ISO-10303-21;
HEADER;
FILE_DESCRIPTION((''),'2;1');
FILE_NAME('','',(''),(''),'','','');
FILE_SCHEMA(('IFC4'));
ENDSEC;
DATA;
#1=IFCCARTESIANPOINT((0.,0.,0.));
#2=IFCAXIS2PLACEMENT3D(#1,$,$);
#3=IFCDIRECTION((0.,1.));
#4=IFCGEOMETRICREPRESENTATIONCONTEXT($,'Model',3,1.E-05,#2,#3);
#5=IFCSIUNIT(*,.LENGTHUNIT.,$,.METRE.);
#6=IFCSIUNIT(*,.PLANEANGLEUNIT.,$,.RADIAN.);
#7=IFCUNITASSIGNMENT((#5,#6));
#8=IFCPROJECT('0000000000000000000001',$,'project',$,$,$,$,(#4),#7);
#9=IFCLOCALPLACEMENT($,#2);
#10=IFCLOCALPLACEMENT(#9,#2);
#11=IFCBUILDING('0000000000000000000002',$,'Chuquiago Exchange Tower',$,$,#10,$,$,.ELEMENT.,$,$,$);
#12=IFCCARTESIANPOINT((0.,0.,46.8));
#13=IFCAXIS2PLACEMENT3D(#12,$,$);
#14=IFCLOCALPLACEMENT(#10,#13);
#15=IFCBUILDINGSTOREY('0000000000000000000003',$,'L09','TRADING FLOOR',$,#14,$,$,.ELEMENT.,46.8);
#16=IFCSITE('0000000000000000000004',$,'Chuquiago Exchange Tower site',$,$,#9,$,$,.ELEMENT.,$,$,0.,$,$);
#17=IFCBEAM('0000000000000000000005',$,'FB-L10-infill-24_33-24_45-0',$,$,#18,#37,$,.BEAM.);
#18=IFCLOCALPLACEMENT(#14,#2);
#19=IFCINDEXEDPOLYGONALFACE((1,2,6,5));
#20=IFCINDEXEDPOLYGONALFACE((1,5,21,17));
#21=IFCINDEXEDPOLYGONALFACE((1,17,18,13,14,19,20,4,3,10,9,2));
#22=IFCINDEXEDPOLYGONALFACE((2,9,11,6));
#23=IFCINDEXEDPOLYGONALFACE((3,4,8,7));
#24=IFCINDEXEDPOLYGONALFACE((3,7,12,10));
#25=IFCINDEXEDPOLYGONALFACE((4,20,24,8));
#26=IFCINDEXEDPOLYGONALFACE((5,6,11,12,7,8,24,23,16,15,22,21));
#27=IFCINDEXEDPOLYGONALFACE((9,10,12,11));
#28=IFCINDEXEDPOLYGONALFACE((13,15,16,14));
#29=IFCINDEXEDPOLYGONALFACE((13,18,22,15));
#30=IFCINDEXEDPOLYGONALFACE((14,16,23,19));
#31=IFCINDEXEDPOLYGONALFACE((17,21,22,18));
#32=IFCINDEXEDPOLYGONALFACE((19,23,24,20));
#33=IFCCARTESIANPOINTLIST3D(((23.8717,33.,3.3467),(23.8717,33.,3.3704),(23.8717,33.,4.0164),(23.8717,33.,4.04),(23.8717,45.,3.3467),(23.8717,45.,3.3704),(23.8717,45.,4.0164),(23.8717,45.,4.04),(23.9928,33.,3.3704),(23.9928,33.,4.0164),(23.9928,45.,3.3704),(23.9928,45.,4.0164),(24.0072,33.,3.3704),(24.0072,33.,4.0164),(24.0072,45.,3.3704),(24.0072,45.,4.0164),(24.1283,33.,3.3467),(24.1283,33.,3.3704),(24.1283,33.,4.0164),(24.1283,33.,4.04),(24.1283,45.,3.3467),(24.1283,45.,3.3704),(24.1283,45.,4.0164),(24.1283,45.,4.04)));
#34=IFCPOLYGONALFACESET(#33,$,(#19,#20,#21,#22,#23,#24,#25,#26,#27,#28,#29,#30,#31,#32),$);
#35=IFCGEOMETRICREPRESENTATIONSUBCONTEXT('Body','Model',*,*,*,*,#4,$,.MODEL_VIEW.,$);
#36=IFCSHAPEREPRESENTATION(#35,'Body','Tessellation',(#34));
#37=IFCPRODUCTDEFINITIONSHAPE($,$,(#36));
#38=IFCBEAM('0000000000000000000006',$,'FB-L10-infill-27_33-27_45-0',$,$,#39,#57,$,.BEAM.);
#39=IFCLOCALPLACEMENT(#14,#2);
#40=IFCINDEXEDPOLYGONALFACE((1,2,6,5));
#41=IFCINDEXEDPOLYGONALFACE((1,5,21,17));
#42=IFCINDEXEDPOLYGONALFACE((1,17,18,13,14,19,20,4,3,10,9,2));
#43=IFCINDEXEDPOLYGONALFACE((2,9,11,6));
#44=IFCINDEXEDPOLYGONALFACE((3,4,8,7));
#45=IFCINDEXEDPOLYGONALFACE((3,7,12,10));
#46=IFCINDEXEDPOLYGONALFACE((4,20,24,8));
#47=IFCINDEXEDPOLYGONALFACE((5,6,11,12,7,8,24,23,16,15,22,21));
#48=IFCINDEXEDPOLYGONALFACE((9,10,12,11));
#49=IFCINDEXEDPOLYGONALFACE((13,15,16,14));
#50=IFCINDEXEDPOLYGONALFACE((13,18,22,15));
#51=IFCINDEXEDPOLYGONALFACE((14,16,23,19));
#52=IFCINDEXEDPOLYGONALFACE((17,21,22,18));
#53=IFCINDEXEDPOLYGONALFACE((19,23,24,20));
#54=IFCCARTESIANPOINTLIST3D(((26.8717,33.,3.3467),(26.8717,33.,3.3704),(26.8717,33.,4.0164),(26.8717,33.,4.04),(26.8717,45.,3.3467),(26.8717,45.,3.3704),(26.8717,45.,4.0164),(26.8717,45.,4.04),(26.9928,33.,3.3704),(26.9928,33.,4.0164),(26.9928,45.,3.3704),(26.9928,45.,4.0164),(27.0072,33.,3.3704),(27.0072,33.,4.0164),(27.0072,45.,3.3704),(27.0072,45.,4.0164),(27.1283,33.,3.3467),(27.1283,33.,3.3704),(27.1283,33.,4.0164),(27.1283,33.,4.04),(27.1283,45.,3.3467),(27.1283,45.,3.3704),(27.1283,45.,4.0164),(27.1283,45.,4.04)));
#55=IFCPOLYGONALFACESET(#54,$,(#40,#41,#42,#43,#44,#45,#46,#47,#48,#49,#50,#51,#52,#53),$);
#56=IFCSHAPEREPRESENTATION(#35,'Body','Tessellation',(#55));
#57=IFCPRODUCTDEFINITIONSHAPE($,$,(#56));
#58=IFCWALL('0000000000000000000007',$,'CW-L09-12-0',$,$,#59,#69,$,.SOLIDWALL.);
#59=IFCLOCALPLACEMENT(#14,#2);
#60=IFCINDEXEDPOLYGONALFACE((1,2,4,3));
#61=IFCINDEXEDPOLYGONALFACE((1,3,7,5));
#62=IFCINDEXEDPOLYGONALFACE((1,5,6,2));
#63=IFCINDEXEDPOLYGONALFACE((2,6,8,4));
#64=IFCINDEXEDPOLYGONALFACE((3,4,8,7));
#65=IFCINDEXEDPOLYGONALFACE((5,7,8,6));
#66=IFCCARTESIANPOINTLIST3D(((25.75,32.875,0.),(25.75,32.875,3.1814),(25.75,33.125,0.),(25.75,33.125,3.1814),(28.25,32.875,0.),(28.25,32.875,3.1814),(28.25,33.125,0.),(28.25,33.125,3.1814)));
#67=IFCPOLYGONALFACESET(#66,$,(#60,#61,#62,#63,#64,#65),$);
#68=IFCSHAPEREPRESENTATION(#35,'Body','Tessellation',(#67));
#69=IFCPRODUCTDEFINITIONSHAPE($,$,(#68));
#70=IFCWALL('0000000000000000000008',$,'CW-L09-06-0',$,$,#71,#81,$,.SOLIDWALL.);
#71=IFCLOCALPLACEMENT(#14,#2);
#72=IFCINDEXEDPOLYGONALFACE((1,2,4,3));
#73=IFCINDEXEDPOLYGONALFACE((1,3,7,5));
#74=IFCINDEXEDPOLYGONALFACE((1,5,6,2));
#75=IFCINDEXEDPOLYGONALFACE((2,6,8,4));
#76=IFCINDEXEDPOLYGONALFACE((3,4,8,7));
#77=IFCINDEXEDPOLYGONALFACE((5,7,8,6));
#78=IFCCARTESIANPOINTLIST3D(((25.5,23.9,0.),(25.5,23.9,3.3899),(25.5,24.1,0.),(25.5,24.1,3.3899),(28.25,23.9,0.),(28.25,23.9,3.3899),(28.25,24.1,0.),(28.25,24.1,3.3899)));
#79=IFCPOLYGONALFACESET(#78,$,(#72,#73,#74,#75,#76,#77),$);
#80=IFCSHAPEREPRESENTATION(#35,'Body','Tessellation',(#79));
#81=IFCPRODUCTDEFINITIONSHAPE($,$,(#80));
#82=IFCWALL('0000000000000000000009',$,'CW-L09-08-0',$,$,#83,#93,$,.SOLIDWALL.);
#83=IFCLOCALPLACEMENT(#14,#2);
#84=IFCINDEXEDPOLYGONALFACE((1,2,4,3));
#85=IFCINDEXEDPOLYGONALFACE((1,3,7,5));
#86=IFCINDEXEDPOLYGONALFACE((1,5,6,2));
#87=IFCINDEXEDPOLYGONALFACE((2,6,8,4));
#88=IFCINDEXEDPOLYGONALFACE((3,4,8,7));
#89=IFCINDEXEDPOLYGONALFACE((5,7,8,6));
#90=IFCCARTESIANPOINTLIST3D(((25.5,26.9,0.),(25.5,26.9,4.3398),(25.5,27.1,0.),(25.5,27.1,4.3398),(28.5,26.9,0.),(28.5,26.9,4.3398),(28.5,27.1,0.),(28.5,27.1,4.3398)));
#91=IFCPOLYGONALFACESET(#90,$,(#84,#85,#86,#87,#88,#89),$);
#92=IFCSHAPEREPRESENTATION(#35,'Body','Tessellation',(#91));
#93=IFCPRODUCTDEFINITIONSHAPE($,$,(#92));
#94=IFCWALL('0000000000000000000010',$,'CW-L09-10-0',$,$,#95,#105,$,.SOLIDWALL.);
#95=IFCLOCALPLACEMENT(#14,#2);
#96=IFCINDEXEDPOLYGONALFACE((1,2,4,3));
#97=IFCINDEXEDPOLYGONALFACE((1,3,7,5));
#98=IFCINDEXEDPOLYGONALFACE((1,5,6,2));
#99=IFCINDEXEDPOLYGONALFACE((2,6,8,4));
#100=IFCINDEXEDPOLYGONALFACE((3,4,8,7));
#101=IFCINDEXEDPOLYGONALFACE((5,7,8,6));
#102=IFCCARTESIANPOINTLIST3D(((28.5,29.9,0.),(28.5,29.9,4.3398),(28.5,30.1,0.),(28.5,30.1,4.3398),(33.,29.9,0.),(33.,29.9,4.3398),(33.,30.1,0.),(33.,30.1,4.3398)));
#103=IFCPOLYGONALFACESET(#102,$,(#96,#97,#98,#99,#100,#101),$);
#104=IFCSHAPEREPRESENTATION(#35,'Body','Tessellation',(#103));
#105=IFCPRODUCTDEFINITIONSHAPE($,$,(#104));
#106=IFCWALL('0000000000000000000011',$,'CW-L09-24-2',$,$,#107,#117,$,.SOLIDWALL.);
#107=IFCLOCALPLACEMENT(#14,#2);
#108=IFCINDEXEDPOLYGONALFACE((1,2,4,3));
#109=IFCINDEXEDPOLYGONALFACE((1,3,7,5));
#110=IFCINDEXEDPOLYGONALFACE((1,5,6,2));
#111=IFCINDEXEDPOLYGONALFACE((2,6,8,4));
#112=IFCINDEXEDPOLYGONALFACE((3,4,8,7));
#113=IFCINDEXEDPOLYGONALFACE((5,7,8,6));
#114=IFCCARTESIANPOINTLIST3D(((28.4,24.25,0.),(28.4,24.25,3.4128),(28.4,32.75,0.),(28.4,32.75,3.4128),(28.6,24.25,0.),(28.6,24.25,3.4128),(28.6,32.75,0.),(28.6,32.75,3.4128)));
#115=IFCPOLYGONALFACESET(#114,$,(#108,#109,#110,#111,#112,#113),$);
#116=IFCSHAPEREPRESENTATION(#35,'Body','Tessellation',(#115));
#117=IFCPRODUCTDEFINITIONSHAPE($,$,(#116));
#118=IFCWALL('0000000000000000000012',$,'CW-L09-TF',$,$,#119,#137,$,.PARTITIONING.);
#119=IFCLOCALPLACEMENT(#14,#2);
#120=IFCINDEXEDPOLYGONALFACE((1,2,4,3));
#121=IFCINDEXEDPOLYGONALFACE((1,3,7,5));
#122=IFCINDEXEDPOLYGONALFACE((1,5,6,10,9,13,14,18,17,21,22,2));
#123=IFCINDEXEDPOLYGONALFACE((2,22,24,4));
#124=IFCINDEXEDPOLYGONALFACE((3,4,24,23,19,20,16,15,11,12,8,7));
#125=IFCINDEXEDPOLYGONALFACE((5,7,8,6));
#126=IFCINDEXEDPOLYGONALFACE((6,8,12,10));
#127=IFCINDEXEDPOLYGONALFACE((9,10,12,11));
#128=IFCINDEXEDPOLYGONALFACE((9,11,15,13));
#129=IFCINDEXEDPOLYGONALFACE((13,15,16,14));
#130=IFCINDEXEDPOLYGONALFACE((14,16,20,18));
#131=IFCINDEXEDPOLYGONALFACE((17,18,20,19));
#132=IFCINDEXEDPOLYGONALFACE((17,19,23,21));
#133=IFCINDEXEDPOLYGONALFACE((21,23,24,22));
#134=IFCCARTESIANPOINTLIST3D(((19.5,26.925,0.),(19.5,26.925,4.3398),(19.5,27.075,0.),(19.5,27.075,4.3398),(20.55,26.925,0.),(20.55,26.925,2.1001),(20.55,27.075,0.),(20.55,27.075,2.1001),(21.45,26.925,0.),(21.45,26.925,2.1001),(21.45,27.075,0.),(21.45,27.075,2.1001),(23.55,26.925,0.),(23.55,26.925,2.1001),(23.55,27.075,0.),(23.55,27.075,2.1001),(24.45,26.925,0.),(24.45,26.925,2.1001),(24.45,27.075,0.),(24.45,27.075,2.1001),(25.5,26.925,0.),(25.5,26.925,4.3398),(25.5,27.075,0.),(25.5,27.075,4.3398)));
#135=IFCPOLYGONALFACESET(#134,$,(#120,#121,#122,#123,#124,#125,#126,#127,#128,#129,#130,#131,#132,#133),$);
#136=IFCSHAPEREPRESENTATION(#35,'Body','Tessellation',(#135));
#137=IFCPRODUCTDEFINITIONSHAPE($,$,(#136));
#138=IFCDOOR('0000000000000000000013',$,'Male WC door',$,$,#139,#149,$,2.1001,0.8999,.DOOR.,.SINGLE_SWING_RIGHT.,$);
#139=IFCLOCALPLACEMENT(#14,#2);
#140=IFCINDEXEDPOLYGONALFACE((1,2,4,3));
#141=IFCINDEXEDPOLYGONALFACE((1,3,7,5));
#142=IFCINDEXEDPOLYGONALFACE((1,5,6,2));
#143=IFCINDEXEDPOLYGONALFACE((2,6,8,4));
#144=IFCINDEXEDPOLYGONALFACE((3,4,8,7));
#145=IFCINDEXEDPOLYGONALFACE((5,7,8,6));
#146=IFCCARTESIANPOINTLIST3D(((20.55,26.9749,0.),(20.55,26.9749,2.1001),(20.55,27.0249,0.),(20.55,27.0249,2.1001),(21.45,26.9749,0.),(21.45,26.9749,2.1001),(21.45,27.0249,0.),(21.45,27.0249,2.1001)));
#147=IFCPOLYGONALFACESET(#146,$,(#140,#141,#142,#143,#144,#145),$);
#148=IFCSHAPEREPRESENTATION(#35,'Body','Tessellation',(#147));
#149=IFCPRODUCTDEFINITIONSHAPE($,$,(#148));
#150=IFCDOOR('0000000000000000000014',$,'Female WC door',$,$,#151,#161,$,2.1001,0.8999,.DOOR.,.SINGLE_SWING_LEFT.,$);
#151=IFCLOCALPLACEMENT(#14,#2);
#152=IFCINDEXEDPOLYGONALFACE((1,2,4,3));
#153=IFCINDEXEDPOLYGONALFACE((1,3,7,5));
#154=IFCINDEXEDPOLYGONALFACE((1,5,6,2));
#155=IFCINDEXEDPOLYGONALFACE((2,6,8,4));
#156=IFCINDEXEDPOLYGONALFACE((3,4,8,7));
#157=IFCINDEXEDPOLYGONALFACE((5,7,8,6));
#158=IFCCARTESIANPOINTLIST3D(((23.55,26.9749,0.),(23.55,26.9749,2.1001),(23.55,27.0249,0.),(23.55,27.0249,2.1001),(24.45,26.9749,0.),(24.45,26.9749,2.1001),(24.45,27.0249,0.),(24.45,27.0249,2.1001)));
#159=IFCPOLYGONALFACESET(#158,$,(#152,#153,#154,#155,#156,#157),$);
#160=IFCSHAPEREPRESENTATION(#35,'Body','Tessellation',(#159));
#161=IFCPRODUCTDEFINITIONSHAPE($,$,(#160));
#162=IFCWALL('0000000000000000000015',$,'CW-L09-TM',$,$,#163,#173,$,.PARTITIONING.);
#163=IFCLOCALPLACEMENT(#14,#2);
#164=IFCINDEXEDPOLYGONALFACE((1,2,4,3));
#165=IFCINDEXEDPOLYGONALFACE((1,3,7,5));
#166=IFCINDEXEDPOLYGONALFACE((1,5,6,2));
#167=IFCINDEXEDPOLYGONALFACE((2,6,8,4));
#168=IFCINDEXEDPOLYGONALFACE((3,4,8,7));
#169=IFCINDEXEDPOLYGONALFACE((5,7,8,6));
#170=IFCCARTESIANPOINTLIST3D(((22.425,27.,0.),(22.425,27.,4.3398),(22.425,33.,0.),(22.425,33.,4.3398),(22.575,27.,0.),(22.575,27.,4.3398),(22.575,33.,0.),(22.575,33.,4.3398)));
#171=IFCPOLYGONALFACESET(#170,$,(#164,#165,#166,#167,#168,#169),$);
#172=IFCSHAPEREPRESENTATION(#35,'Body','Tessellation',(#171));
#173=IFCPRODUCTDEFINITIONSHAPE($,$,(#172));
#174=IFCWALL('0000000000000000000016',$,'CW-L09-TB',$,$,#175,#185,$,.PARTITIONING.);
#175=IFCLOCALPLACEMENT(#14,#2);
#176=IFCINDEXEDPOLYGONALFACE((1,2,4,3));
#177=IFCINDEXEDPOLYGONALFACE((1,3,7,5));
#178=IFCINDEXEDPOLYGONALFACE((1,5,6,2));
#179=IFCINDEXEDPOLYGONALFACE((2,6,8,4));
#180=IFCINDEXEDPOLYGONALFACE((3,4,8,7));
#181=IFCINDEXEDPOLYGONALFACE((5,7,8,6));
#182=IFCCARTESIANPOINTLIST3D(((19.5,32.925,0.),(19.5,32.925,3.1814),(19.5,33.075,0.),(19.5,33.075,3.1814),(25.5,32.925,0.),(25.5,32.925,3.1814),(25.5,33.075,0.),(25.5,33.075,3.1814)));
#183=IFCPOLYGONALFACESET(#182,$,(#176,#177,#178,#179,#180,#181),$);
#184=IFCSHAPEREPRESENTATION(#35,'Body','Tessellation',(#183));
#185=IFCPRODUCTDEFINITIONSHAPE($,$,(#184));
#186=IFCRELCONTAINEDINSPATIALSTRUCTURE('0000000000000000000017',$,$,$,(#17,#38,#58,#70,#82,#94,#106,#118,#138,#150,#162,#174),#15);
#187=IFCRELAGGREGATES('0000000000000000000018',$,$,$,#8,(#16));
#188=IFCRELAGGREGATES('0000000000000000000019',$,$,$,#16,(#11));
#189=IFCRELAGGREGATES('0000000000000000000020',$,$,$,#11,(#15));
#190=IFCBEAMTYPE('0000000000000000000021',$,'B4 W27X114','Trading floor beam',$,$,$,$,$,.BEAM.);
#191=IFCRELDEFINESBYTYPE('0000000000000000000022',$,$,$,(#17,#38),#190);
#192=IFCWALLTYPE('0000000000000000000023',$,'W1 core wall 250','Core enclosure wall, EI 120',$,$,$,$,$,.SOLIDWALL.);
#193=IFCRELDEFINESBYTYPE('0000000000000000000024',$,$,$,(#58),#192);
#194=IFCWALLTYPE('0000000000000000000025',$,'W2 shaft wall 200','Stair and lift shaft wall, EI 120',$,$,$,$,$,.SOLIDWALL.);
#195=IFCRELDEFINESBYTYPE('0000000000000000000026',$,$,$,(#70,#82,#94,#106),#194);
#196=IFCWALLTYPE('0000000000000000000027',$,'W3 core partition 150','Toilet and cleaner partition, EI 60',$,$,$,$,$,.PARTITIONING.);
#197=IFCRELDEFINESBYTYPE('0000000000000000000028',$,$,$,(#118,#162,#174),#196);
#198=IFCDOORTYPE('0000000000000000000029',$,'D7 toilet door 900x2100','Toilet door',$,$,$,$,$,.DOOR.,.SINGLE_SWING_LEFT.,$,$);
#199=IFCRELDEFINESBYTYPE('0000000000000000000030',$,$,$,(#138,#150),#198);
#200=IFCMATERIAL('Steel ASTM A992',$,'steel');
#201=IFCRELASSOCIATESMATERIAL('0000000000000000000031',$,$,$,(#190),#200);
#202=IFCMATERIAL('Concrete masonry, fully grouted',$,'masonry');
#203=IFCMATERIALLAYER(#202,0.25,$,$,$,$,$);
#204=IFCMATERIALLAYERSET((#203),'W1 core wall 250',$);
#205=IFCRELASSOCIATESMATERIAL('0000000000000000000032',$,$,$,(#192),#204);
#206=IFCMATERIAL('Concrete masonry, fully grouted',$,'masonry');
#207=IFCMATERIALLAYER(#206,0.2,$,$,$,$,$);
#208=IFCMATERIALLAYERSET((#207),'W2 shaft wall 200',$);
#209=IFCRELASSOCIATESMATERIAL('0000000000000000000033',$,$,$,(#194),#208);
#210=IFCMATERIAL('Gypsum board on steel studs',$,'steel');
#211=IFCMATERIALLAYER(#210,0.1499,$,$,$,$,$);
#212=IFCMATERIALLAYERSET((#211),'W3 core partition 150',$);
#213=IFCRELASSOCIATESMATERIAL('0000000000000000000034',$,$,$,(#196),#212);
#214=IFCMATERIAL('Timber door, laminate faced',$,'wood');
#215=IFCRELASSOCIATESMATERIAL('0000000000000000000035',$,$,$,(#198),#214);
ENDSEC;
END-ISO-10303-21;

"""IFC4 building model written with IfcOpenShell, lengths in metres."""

from ifc_helpers import new_model, si_unit, direction, frame, frame_2d, origin, origin_2d, place, context, subcontext, project, spatial, rectangle, i_section, extrude, material, layer, layer_set, material_profile, profile_set, type_object, element, fill, save


model = new_model("IFC4")

# Units and contexts
model_context = context("Model", 3, precision=1e-05, world=origin(), true_north=direction((0.0, 1.0)))
body_context = subcontext(model_context, "Body", "Model", "MODEL_VIEW")
ifc_project = project(units=[si_unit("LENGTHUNIT", "METRE"), si_unit("PLANEANGLEUNIT", "RADIAN")], contexts=[model_context])

# Site, building, storey
site_placement = place(None, origin())
site = spatial("IfcSite", under=ifc_project, at=site_placement, Name="Chuquiago Exchange Tower site", CompositionType="ELEMENT", RefElevation=0.0)
building_placement = place(site_placement, origin())
building = spatial("IfcBuilding", under=site, at=building_placement, Name="Chuquiago Exchange Tower", CompositionType="ELEMENT")
storey_placement = place(building_placement, frame((0.0, 0.0, 46.8)))
storey = spatial("IfcBuildingStorey", under=building, at=storey_placement, Name="L09", Description="TRADING FLOOR", CompositionType="ELEMENT", Elevation=46.8)

# Beams
ifc_material_1 = material(Name="Steel ASTM A992", Category="steel")
ifc_material_profile_1 = material_profile(ifc_material_1, i_section(OverallWidth=0.2566, OverallDepth=0.6934, WebThickness=0.0144, FlangeThickness=0.0237, at=origin_2d()), Name="W27X114")
ifc_profile_set_1 = profile_set([ifc_material_profile_1], Name="Steel ASTM A992")
beam_type_1 = type_object("IfcBeamType", Name="B4 W27X114", Description="Trading floor beam", PredefinedType="BEAM", material=ifc_profile_set_1)
for number, where, z_axis, x_axis, name in (
    (1, (24.0, 33.0, 3.6934), (0.0, 1.0, 0.0), (-1.0, 0.0, 0.0), "FB-L10-infill-24_33-24_45-0"),
    (2, (27.0, 33.0, 3.6934), (0.0, 1.0, 0.0), (-1.0, 0.0, 0.0), "FB-L10-infill-27_33-27_45-0"),
):
    element("IfcBeam", number, at=place(storey_placement, frame(where, z_axis=z_axis, x_axis=x_axis)), inside=storey, type_object=beam_type_1, Name=name, PredefinedType="BEAM", context=body_context, shape_type="SweptSolid", body=[
        extrude(i_section(OverallWidth=0.2566, OverallDepth=0.6934, WebThickness=0.0144, FlangeThickness=0.0237, at=origin_2d()), origin(), (0.0, 0.0, 1.0), 12.0),
    ])

# Walls
ifc_material_2 = material(Name="Concrete masonry, fully grouted", Category="masonry")
ifc_layer_1 = layer(ifc_material_2, 0.25)
ifc_layer_set_1 = layer_set([ifc_layer_1], Name="W1 core wall 250")
wall_type_1 = type_object("IfcWallType", Name="W1 core wall 250", Description="Core enclosure wall, EI 120", PredefinedType="SOLIDWALL", material=ifc_layer_set_1)
wall_1_placement = place(storey_placement, frame((25.75, 33.0, 0.0), z_axis=(0.0, 0.0, 1.0), x_axis=(1.0, 0.0, 0.0)))
element("IfcWall", 3, at=wall_1_placement, inside=storey, type_object=wall_type_1, Name="CW-L09-12-0", PredefinedType="SOLIDWALL", context=body_context, shape_type="SweptSolid", body=[
    extrude(rectangle(XDim=2.5, YDim=0.25, at=frame_2d((1.25, 0.0))), origin(), (0.0, 0.0, 1.0), 3.1814),
])
ifc_material_3 = material(Name="Concrete masonry, fully grouted", Category="masonry")
ifc_layer_2 = layer(ifc_material_3, 0.2)
ifc_layer_set_2 = layer_set([ifc_layer_2], Name="W2 shaft wall 200")
wall_type_2 = type_object("IfcWallType", Name="W2 shaft wall 200", Description="Stair and lift shaft wall, EI 120", PredefinedType="SOLIDWALL", material=ifc_layer_set_2)
wall_2_placement = place(storey_placement, frame((25.5, 24.0, 0.0), z_axis=(0.0, 0.0, 1.0), x_axis=(1.0, 0.0, 0.0)))
element("IfcWall", 4, at=wall_2_placement, inside=storey, type_object=wall_type_2, Name="CW-L09-06-0", PredefinedType="SOLIDWALL", context=body_context, shape_type="SweptSolid", body=[
    extrude(rectangle(XDim=2.75, YDim=0.2, at=frame_2d((1.375, 0.0))), origin(), (0.0, 0.0, 1.0), 3.3899),
])
wall_3_placement = place(storey_placement, frame((25.5, 27.0, 0.0), z_axis=(0.0, 0.0, 1.0), x_axis=(1.0, 0.0, 0.0)))
element("IfcWall", 5, at=wall_3_placement, inside=storey, type_object=wall_type_2, Name="CW-L09-08-0", PredefinedType="SOLIDWALL", context=body_context, shape_type="SweptSolid", body=[
    extrude(rectangle(XDim=3.0, YDim=0.2, at=frame_2d((1.5, 0.0))), origin(), (0.0, 0.0, 1.0), 4.3398),
])
wall_4_placement = place(storey_placement, frame((28.5, 30.0, 0.0), z_axis=(0.0, 0.0, 1.0), x_axis=(1.0, 0.0, 0.0)))
element("IfcWall", 6, at=wall_4_placement, inside=storey, type_object=wall_type_2, Name="CW-L09-10-0", PredefinedType="SOLIDWALL", context=body_context, shape_type="SweptSolid", body=[
    extrude(rectangle(XDim=4.5, YDim=0.2, at=frame_2d((2.25, 0.0))), origin(), (0.0, 0.0, 1.0), 4.3398),
])
wall_5_placement = place(storey_placement, frame((28.5, 24.25, 0.0), z_axis=(0.0, 0.0, 1.0), x_axis=(0.0, 1.0, 0.0)))
element("IfcWall", 7, at=wall_5_placement, inside=storey, type_object=wall_type_2, Name="CW-L09-24-2", PredefinedType="SOLIDWALL", context=body_context, shape_type="SweptSolid", body=[
    extrude(rectangle(XDim=8.5, YDim=0.2, at=frame_2d((4.25, 0.0))), origin(), (0.0, 0.0, 1.0), 3.4128),
])

# Wall, openings, doors
ifc_material_4 = material(Name="Gypsum board on steel studs", Category="steel")
ifc_layer_3 = layer(ifc_material_4, 0.1499)
ifc_layer_set_3 = layer_set([ifc_layer_3], Name="W3 core partition 150")
wall_type_3 = type_object("IfcWallType", Name="W3 core partition 150", Description="Toilet and cleaner partition, EI 60", PredefinedType="PARTITIONING", material=ifc_layer_set_3)
wall_6_placement = place(storey_placement, frame((19.5, 27.0, 0.0), z_axis=(0.0, 0.0, 1.0), x_axis=(1.0, 0.0, 0.0)))
wall_6 = element("IfcWall", 8, at=wall_6_placement, inside=storey, type_object=wall_type_3, Name="CW-L09-TF", PredefinedType="PARTITIONING", context=body_context, shape_type="SweptSolid", body=[
    extrude(rectangle(XDim=6.0, YDim=0.1499, at=frame_2d((3.0, 0.0))), origin(), (0.0, 0.0, 1.0), 4.3398),
])
opening_1_placement = place(wall_6_placement, frame((1.05, 0.0, 0.0)))
opening_1 = element("IfcOpeningElement", 9, at=opening_1_placement, cuts=wall_6, PredefinedType="OPENING", context=body_context, shape_type="SweptSolid", body=[
    extrude(rectangle(XDim=0.8999, YDim=2.1001, at=frame_2d((0.45, 1.05))), frame((0.0, 0.085, 0.0), z_axis=(0.0, -1.0, 0.0), x_axis=(1.0, 0.0, 0.0)), (0.0, 0.0, 1.0), 0.1699),
])
opening_2_placement = place(wall_6_placement, frame((4.05, 0.0, 0.0)))
opening_2 = element("IfcOpeningElement", 10, at=opening_2_placement, cuts=wall_6, PredefinedType="OPENING", context=body_context, shape_type="SweptSolid", body=[
    extrude(rectangle(XDim=0.8999, YDim=2.1001, at=frame_2d((0.45, 1.05))), frame((0.0, 0.085, 0.0), z_axis=(0.0, -1.0, 0.0), x_axis=(1.0, 0.0, 0.0)), (0.0, 0.0, 1.0), 0.1699),
])
ifc_material_5 = material(Name="Timber door, laminate faced", Category="wood")
door_type = type_object("IfcDoorType", Name="D7 toilet door 900x2100", Description="Toilet door", OperationType="SINGLE_SWING_LEFT", PredefinedType="DOOR", material=ifc_material_5)
door_1_placement = place(opening_1_placement, origin())
door_1 = element("IfcDoor", 11, at=door_1_placement, inside=storey, type_object=door_type, Name="Male WC door", OperationType="SINGLE_SWING_RIGHT", OverallHeight=2.1001, OverallWidth=0.8999, PredefinedType="DOOR", context=body_context, shape_type="SweptSolid", body=[
    extrude(rectangle(XDim=0.8999, YDim=2.1001, at=frame_2d((0.45, 1.05))), frame((0.0, 0.0249, 0.0), z_axis=(0.0, -1.0, 0.0), x_axis=(1.0, 0.0, 0.0)), (0.0, 0.0, 1.0), 0.05),
])
fill(opening_1, door_1)
door_2_placement = place(opening_2_placement, origin())
door_2 = element("IfcDoor", 12, at=door_2_placement, inside=storey, type_object=door_type, Name="Female WC door", OperationType="SINGLE_SWING_LEFT", OverallHeight=2.1001, OverallWidth=0.8999, PredefinedType="DOOR", context=body_context, shape_type="SweptSolid", body=[
    extrude(rectangle(XDim=0.8999, YDim=2.1001, at=frame_2d((0.45, 1.05))), frame((0.0, 0.0249, 0.0), z_axis=(0.0, -1.0, 0.0), x_axis=(1.0, 0.0, 0.0)), (0.0, 0.0, 1.0), 0.05),
])
fill(opening_2, door_2)

# Walls
wall_7_placement = place(storey_placement, frame((22.5, 27.0, 0.0), z_axis=(0.0, 0.0, 1.0), x_axis=(0.0, 1.0, 0.0)))
element("IfcWall", 13, at=wall_7_placement, inside=storey, type_object=wall_type_3, Name="CW-L09-TM", PredefinedType="PARTITIONING", context=body_context, shape_type="SweptSolid", body=[
    extrude(rectangle(XDim=6.0, YDim=0.1499, at=frame_2d((3.0, 0.0))), origin(), (0.0, 0.0, 1.0), 4.3398),
])
wall_8_placement = place(storey_placement, frame((19.5, 33.0, 0.0), z_axis=(0.0, 0.0, 1.0), x_axis=(1.0, 0.0, 0.0)))
element("IfcWall", 14, at=wall_8_placement, inside=storey, type_object=wall_type_3, Name="CW-L09-TB", PredefinedType="PARTITIONING", context=body_context, shape_type="SweptSolid", body=[
    extrude(rectangle(XDim=6.0, YDim=0.1499, at=frame_2d((3.0, 0.0))), origin(), (0.0, 0.0, 1.0), 3.1814),
])

save(model, "model.ifc")
